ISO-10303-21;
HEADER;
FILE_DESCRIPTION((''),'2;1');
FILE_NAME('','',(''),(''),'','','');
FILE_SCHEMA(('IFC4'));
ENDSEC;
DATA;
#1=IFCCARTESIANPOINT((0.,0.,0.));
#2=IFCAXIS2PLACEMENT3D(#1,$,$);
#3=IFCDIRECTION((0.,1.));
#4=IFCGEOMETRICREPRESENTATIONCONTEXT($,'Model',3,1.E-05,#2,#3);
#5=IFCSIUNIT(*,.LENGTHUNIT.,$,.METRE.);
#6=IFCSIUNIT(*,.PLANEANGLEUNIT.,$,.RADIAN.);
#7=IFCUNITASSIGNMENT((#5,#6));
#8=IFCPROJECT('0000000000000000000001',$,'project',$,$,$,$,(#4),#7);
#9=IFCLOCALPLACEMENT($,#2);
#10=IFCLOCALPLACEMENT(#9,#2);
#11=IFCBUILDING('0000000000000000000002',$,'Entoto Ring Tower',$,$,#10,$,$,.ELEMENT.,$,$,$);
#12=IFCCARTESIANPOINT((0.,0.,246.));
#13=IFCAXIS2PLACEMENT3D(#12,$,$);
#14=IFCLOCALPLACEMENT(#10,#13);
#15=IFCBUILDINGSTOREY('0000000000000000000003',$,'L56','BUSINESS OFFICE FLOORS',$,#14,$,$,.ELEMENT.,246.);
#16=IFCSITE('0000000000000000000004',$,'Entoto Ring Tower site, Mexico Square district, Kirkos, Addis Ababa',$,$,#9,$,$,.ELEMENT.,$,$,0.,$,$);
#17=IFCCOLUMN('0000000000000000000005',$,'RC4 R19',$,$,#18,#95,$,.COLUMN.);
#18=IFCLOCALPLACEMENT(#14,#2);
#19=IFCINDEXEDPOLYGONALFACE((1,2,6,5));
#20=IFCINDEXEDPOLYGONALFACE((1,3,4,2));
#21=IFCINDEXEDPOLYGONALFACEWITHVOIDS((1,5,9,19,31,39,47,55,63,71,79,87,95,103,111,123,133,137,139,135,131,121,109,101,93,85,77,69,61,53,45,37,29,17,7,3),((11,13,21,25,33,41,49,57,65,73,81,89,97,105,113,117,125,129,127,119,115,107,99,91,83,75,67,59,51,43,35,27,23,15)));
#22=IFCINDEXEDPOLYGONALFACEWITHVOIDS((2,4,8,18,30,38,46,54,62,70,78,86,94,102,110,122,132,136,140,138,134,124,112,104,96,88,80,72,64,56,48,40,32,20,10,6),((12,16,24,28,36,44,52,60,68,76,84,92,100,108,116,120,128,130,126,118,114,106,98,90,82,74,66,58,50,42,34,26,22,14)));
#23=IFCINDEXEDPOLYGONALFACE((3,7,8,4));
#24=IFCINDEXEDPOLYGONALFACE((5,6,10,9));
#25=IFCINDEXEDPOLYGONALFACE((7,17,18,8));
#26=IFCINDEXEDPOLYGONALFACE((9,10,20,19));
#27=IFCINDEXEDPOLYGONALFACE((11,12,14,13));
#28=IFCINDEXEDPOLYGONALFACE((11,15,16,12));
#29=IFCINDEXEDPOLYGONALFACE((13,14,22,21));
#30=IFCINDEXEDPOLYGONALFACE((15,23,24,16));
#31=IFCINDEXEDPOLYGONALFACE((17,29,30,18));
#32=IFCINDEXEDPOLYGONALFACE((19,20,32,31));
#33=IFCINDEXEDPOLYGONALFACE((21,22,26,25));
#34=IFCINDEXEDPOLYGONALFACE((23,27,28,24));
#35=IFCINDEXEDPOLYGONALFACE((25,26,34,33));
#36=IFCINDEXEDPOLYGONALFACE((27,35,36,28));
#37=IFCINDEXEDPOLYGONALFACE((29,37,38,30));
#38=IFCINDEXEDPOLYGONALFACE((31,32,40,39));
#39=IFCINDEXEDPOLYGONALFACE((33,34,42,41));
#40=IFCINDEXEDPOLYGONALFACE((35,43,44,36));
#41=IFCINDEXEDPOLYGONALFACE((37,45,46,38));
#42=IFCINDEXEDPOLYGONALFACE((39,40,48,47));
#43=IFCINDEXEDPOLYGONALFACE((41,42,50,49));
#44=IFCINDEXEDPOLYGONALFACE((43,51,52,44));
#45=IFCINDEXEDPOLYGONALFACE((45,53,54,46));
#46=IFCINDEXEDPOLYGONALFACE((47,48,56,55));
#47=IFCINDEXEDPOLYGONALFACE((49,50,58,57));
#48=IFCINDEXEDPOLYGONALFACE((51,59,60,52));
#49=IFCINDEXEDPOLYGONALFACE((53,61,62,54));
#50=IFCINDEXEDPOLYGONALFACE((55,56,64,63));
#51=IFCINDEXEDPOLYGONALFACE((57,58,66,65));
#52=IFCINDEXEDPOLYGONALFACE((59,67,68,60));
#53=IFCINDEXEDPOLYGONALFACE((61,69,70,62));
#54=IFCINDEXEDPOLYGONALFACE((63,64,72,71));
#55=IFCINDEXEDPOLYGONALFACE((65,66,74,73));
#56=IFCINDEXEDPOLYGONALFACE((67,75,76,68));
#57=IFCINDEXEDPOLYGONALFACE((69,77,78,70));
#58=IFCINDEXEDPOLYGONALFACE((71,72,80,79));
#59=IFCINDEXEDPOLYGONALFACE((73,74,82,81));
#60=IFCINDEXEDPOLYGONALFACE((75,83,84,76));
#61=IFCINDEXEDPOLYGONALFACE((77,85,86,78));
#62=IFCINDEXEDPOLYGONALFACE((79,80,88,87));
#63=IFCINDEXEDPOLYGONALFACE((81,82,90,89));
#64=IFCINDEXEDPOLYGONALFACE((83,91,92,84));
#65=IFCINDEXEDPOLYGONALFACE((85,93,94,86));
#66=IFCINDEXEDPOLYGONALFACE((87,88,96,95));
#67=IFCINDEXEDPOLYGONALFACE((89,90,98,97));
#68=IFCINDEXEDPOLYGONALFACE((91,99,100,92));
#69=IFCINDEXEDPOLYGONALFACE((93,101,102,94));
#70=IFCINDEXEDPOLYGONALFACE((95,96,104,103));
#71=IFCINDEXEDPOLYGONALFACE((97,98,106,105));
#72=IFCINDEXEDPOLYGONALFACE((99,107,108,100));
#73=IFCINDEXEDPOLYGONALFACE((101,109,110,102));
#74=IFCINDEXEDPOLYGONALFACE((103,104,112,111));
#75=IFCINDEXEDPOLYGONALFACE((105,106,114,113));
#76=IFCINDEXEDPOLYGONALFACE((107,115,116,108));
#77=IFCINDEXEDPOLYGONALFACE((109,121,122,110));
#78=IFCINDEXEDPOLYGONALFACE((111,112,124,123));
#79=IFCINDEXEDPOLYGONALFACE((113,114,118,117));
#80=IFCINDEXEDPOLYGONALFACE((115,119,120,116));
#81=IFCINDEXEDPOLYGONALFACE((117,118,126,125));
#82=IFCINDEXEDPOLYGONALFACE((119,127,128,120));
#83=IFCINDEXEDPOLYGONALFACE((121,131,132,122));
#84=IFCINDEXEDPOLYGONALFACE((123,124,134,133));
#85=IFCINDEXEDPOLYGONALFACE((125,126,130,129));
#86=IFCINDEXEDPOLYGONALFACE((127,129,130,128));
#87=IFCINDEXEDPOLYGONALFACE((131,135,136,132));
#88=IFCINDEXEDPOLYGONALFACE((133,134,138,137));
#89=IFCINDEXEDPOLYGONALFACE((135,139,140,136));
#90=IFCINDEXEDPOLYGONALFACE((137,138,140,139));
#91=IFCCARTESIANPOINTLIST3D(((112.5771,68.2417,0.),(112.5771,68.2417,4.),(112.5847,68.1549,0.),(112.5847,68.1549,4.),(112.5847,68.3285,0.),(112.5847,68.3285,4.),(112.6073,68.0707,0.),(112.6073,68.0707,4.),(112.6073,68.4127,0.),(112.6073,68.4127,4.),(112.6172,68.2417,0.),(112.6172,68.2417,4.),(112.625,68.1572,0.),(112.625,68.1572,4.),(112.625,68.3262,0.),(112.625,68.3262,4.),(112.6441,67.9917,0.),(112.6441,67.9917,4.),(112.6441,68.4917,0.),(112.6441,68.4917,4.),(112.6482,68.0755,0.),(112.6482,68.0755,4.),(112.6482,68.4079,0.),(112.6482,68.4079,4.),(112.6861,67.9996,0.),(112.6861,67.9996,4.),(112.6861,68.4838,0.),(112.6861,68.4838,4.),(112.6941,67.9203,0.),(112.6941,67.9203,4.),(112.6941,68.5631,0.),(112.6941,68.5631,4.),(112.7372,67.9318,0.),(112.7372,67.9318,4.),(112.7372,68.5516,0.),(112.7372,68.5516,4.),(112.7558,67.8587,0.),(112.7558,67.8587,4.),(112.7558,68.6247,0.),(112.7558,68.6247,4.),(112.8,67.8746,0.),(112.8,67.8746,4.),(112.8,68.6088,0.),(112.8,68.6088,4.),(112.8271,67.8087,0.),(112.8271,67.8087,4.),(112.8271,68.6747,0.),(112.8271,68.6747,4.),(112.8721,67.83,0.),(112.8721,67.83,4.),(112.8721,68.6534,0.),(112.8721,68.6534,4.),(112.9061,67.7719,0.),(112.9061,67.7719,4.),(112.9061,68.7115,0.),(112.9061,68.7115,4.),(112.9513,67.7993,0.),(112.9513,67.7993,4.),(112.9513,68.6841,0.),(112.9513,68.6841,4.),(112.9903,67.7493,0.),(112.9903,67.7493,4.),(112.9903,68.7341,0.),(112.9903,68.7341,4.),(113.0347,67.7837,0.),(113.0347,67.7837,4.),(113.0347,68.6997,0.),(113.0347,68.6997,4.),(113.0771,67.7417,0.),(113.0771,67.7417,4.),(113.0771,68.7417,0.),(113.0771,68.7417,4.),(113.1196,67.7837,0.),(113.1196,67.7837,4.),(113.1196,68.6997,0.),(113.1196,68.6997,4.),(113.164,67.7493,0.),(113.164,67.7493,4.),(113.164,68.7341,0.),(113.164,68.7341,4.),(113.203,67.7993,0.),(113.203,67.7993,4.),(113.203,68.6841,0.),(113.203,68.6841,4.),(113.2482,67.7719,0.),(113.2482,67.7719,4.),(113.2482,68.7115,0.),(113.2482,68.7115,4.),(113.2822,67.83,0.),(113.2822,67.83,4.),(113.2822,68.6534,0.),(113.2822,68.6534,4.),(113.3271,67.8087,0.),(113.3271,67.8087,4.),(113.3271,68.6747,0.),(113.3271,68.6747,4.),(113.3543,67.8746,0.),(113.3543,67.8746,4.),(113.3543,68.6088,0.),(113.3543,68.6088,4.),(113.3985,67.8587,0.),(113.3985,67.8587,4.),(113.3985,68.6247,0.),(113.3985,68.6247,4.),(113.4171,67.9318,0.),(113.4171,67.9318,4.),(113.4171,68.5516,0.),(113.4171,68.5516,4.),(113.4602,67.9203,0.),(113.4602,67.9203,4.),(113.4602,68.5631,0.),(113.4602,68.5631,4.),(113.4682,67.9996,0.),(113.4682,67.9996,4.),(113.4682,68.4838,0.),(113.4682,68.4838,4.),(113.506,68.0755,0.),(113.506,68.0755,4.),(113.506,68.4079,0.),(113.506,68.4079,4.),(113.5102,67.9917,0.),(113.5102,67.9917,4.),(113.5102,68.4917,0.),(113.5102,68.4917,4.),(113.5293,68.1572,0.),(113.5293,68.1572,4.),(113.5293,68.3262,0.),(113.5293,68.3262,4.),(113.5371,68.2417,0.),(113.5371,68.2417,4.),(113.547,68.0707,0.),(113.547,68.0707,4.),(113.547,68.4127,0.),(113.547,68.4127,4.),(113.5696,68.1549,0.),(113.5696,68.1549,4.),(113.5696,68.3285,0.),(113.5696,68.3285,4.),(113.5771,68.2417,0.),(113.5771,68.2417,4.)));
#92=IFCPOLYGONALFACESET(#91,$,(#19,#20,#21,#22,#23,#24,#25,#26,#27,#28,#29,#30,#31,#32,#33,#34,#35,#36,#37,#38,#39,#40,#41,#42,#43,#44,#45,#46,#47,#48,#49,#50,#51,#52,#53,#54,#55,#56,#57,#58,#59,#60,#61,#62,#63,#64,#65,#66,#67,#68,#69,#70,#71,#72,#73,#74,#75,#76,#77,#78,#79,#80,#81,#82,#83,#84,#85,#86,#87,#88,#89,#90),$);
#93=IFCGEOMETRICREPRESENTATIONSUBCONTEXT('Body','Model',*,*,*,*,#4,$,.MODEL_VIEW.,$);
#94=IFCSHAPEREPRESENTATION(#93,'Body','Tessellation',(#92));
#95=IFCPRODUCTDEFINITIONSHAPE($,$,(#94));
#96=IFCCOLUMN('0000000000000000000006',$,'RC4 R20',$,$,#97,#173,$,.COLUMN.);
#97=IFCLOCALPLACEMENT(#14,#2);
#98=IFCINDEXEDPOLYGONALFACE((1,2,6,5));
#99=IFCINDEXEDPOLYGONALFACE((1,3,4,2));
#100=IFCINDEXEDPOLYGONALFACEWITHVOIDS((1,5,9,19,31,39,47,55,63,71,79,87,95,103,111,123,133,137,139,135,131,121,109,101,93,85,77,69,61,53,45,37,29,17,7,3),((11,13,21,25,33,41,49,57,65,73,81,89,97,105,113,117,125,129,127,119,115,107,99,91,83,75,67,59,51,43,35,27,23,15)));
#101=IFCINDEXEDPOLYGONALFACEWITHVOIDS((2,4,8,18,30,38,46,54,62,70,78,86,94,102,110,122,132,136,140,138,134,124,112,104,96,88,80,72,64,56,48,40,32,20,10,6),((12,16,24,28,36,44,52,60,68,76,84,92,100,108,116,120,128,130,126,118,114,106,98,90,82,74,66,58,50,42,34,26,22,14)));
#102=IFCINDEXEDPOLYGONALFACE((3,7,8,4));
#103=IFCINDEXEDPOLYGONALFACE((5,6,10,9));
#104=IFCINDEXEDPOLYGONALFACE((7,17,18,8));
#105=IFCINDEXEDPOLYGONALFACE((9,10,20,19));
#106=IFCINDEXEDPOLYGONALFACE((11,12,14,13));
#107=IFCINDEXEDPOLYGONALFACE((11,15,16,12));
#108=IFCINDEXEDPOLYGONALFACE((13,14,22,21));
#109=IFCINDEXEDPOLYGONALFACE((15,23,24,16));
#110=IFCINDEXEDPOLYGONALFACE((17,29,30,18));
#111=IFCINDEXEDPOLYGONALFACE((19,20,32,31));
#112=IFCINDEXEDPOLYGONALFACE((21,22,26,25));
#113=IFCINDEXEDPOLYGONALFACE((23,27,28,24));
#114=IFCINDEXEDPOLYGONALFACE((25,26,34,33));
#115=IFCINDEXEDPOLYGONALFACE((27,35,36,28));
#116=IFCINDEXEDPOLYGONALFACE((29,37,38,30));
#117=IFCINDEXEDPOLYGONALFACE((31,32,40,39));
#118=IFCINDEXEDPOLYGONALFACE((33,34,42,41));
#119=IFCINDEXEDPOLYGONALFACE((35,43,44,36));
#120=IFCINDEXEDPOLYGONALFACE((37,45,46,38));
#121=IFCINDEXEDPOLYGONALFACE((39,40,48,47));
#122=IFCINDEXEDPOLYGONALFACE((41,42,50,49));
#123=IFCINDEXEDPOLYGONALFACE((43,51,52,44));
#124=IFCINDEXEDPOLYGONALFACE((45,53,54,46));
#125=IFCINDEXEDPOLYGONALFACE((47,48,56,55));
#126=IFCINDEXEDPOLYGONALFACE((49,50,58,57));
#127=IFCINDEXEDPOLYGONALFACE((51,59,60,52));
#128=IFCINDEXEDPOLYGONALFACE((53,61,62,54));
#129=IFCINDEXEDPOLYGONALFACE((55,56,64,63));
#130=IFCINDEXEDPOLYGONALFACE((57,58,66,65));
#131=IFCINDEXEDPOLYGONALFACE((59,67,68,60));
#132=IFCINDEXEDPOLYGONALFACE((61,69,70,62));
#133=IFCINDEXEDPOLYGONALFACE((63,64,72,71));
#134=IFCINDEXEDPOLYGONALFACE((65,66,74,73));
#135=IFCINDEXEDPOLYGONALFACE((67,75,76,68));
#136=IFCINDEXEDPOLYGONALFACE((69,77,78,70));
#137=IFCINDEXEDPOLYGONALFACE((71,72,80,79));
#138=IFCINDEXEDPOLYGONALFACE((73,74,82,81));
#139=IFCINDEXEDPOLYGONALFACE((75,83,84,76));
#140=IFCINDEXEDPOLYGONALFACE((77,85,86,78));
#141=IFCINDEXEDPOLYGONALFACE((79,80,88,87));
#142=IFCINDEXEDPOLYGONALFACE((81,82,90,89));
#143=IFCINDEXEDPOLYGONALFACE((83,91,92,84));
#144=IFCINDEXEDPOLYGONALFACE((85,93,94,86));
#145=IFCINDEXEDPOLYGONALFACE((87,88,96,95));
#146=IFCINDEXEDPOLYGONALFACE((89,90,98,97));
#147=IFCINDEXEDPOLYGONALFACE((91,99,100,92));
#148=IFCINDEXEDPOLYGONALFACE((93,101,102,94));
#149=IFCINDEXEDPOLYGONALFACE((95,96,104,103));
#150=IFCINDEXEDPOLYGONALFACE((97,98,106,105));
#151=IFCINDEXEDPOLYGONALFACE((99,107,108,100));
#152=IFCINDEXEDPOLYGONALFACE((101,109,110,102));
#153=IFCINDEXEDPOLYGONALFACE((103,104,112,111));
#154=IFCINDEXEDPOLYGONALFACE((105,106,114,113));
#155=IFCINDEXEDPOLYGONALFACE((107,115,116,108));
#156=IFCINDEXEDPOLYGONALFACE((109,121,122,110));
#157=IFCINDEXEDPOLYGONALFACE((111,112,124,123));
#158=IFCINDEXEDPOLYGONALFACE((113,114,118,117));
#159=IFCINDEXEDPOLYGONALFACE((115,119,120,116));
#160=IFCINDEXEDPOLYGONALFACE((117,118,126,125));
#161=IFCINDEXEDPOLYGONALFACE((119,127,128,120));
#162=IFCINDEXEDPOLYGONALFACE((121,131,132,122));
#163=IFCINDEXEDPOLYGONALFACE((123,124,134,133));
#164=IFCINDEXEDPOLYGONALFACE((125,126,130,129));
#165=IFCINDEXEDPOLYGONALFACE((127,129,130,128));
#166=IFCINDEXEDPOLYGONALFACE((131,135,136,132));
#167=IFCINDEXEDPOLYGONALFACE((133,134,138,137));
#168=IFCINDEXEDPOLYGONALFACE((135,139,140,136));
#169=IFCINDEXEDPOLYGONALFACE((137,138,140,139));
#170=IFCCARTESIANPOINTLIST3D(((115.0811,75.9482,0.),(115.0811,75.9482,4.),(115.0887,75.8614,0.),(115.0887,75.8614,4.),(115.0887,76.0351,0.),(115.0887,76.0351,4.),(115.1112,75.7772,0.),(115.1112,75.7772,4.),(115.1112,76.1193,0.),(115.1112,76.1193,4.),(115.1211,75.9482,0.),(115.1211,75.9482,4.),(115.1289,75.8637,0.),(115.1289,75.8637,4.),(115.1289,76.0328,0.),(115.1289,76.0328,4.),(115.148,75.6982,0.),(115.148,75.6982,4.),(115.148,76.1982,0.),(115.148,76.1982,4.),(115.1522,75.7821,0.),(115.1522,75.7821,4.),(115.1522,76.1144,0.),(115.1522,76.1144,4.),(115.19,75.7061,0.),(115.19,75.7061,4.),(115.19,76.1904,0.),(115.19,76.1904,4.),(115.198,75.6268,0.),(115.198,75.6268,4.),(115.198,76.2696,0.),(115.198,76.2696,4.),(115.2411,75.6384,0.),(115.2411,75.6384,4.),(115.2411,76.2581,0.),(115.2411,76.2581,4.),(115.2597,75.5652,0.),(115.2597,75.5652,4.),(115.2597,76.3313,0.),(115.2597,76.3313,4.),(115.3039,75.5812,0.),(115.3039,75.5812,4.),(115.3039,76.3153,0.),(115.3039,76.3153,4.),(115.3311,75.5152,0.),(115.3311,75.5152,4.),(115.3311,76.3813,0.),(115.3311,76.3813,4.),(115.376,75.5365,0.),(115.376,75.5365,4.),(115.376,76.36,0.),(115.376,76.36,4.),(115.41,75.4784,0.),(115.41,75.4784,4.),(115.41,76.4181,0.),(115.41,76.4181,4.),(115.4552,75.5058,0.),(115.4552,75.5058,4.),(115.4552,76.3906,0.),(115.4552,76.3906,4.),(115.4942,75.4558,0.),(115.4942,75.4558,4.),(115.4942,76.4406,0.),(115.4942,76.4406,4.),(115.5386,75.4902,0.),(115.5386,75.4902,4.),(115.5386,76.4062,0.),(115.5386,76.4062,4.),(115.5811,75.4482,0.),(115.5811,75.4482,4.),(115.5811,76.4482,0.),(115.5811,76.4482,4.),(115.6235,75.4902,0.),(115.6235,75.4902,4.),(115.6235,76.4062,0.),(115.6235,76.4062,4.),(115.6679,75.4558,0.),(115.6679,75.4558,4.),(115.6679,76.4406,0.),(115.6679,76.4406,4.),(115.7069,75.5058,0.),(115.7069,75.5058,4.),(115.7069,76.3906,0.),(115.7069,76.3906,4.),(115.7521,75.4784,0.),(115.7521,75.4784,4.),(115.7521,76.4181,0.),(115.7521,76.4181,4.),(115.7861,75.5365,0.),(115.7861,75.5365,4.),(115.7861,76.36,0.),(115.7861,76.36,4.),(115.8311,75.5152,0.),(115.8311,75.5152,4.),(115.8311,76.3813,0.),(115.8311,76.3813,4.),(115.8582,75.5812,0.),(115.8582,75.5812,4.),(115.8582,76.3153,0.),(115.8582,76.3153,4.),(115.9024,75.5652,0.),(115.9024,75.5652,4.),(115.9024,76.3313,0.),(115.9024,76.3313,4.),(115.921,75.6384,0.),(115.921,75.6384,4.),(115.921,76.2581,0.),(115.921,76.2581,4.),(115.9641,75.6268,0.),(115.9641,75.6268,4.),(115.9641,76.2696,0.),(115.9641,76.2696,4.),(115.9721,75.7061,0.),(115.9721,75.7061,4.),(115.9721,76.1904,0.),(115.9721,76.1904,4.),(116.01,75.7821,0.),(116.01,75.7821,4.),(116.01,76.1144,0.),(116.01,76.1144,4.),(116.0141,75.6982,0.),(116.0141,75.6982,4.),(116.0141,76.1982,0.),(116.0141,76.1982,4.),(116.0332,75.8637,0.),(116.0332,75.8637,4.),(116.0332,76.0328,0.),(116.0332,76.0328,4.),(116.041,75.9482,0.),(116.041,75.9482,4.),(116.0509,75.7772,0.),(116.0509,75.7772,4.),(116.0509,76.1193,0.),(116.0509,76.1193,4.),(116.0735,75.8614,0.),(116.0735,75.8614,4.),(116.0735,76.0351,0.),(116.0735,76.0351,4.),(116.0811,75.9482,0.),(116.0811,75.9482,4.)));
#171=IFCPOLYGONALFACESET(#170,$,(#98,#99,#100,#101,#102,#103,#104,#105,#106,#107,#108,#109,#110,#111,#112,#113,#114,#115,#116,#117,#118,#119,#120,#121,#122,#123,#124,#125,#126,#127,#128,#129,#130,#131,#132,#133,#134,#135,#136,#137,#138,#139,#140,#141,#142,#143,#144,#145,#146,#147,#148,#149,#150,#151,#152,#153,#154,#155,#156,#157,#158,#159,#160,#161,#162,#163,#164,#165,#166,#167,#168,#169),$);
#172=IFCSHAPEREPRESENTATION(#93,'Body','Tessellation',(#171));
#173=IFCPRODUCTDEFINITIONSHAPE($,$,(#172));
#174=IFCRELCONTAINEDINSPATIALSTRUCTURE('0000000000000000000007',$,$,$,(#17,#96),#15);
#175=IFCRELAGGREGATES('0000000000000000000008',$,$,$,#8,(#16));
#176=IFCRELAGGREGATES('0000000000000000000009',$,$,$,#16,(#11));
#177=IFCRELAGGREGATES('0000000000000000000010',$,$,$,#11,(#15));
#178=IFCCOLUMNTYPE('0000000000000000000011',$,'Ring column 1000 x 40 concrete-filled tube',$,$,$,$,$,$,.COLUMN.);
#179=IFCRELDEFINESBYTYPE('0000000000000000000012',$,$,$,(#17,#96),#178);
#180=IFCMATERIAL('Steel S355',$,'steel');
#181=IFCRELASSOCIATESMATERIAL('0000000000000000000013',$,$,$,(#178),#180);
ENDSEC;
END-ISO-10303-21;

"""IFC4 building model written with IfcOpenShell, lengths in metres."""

from ifc_helpers import new_model, si_unit, direction, frame, origin, origin_2d, place, context, subcontext, project, spatial, circle, hollow_circle, extrude, material, material_profile, profile_set, type_object, element, save


model = new_model("IFC4")

# Units and contexts
model_context = context("Model", 3, precision=1e-05, world=origin(), true_north=direction((0.0, 1.0)))
body_context = subcontext(model_context, "Body", "Model", "MODEL_VIEW")
ifc_project = project(units=[si_unit("LENGTHUNIT", "METRE"), si_unit("PLANEANGLEUNIT", "RADIAN")], contexts=[model_context])

# Site, building, storey
site_placement = place(None, origin())
site = spatial("IfcSite", under=ifc_project, at=site_placement, Name="Entoto Ring Tower site, Mexico Square district, Kirkos, Addis Ababa", CompositionType="ELEMENT", RefElevation=0.0)
building_placement = place(site_placement, origin())
building = spatial("IfcBuilding", under=site, at=building_placement, Name="Entoto Ring Tower", CompositionType="ELEMENT")
storey_placement = place(building_placement, frame((0.0, 0.0, 246.0)))
storey = spatial("IfcBuildingStorey", under=building, at=storey_placement, Name="L56", Description="BUSINESS OFFICE FLOORS", CompositionType="ELEMENT", Elevation=246.0)

# Columns
ifc_material_1 = material(Name="Steel S355", Category="steel")
ifc_material_profile_1 = material_profile(ifc_material_1, hollow_circle(Radius=0.5, WallThickness=0.04, at=origin_2d()), Name="CHS 1000 x 40")
ifc_material_2 = material(Name="Concrete C60/75", Category="concrete")
ifc_material_profile_2 = material_profile(ifc_material_2, circle(Radius=0.46, at=origin_2d()), Name="Concrete C60/75 infill")
ifc_profile_set_1 = profile_set([ifc_material_profile_1, ifc_material_profile_2], Name="Steel S355")
column_type = type_object("IfcColumnType", Name="Ring column 1000 x 40 concrete-filled tube", PredefinedType="COLUMN", material=ifc_profile_set_1)
for number, where, z_axis, x_axis, name in (
    (1, (113.0771, 68.2417, 0.0), (0.0, 0.0, 1.0), (1.0, 0.0, 0.0), "RC4 R19"),
    (2, (115.5811, 75.9482, 0.0), (0.0, 0.0, 1.0), (1.0, 0.0, 0.0), "RC4 R20"),
):
    element("IfcColumn", number, at=place(storey_placement, frame(where, z_axis=z_axis, x_axis=x_axis)), inside=storey, type_object=column_type, Name=name, PredefinedType="COLUMN", context=body_context, shape_type="SweptSolid", body=[
        extrude(hollow_circle(Radius=0.5, WallThickness=0.04, at=origin_2d()), origin(), (0.0, 0.0, 1.0), 4.0),
    ])

save(model, "model.ifc")
